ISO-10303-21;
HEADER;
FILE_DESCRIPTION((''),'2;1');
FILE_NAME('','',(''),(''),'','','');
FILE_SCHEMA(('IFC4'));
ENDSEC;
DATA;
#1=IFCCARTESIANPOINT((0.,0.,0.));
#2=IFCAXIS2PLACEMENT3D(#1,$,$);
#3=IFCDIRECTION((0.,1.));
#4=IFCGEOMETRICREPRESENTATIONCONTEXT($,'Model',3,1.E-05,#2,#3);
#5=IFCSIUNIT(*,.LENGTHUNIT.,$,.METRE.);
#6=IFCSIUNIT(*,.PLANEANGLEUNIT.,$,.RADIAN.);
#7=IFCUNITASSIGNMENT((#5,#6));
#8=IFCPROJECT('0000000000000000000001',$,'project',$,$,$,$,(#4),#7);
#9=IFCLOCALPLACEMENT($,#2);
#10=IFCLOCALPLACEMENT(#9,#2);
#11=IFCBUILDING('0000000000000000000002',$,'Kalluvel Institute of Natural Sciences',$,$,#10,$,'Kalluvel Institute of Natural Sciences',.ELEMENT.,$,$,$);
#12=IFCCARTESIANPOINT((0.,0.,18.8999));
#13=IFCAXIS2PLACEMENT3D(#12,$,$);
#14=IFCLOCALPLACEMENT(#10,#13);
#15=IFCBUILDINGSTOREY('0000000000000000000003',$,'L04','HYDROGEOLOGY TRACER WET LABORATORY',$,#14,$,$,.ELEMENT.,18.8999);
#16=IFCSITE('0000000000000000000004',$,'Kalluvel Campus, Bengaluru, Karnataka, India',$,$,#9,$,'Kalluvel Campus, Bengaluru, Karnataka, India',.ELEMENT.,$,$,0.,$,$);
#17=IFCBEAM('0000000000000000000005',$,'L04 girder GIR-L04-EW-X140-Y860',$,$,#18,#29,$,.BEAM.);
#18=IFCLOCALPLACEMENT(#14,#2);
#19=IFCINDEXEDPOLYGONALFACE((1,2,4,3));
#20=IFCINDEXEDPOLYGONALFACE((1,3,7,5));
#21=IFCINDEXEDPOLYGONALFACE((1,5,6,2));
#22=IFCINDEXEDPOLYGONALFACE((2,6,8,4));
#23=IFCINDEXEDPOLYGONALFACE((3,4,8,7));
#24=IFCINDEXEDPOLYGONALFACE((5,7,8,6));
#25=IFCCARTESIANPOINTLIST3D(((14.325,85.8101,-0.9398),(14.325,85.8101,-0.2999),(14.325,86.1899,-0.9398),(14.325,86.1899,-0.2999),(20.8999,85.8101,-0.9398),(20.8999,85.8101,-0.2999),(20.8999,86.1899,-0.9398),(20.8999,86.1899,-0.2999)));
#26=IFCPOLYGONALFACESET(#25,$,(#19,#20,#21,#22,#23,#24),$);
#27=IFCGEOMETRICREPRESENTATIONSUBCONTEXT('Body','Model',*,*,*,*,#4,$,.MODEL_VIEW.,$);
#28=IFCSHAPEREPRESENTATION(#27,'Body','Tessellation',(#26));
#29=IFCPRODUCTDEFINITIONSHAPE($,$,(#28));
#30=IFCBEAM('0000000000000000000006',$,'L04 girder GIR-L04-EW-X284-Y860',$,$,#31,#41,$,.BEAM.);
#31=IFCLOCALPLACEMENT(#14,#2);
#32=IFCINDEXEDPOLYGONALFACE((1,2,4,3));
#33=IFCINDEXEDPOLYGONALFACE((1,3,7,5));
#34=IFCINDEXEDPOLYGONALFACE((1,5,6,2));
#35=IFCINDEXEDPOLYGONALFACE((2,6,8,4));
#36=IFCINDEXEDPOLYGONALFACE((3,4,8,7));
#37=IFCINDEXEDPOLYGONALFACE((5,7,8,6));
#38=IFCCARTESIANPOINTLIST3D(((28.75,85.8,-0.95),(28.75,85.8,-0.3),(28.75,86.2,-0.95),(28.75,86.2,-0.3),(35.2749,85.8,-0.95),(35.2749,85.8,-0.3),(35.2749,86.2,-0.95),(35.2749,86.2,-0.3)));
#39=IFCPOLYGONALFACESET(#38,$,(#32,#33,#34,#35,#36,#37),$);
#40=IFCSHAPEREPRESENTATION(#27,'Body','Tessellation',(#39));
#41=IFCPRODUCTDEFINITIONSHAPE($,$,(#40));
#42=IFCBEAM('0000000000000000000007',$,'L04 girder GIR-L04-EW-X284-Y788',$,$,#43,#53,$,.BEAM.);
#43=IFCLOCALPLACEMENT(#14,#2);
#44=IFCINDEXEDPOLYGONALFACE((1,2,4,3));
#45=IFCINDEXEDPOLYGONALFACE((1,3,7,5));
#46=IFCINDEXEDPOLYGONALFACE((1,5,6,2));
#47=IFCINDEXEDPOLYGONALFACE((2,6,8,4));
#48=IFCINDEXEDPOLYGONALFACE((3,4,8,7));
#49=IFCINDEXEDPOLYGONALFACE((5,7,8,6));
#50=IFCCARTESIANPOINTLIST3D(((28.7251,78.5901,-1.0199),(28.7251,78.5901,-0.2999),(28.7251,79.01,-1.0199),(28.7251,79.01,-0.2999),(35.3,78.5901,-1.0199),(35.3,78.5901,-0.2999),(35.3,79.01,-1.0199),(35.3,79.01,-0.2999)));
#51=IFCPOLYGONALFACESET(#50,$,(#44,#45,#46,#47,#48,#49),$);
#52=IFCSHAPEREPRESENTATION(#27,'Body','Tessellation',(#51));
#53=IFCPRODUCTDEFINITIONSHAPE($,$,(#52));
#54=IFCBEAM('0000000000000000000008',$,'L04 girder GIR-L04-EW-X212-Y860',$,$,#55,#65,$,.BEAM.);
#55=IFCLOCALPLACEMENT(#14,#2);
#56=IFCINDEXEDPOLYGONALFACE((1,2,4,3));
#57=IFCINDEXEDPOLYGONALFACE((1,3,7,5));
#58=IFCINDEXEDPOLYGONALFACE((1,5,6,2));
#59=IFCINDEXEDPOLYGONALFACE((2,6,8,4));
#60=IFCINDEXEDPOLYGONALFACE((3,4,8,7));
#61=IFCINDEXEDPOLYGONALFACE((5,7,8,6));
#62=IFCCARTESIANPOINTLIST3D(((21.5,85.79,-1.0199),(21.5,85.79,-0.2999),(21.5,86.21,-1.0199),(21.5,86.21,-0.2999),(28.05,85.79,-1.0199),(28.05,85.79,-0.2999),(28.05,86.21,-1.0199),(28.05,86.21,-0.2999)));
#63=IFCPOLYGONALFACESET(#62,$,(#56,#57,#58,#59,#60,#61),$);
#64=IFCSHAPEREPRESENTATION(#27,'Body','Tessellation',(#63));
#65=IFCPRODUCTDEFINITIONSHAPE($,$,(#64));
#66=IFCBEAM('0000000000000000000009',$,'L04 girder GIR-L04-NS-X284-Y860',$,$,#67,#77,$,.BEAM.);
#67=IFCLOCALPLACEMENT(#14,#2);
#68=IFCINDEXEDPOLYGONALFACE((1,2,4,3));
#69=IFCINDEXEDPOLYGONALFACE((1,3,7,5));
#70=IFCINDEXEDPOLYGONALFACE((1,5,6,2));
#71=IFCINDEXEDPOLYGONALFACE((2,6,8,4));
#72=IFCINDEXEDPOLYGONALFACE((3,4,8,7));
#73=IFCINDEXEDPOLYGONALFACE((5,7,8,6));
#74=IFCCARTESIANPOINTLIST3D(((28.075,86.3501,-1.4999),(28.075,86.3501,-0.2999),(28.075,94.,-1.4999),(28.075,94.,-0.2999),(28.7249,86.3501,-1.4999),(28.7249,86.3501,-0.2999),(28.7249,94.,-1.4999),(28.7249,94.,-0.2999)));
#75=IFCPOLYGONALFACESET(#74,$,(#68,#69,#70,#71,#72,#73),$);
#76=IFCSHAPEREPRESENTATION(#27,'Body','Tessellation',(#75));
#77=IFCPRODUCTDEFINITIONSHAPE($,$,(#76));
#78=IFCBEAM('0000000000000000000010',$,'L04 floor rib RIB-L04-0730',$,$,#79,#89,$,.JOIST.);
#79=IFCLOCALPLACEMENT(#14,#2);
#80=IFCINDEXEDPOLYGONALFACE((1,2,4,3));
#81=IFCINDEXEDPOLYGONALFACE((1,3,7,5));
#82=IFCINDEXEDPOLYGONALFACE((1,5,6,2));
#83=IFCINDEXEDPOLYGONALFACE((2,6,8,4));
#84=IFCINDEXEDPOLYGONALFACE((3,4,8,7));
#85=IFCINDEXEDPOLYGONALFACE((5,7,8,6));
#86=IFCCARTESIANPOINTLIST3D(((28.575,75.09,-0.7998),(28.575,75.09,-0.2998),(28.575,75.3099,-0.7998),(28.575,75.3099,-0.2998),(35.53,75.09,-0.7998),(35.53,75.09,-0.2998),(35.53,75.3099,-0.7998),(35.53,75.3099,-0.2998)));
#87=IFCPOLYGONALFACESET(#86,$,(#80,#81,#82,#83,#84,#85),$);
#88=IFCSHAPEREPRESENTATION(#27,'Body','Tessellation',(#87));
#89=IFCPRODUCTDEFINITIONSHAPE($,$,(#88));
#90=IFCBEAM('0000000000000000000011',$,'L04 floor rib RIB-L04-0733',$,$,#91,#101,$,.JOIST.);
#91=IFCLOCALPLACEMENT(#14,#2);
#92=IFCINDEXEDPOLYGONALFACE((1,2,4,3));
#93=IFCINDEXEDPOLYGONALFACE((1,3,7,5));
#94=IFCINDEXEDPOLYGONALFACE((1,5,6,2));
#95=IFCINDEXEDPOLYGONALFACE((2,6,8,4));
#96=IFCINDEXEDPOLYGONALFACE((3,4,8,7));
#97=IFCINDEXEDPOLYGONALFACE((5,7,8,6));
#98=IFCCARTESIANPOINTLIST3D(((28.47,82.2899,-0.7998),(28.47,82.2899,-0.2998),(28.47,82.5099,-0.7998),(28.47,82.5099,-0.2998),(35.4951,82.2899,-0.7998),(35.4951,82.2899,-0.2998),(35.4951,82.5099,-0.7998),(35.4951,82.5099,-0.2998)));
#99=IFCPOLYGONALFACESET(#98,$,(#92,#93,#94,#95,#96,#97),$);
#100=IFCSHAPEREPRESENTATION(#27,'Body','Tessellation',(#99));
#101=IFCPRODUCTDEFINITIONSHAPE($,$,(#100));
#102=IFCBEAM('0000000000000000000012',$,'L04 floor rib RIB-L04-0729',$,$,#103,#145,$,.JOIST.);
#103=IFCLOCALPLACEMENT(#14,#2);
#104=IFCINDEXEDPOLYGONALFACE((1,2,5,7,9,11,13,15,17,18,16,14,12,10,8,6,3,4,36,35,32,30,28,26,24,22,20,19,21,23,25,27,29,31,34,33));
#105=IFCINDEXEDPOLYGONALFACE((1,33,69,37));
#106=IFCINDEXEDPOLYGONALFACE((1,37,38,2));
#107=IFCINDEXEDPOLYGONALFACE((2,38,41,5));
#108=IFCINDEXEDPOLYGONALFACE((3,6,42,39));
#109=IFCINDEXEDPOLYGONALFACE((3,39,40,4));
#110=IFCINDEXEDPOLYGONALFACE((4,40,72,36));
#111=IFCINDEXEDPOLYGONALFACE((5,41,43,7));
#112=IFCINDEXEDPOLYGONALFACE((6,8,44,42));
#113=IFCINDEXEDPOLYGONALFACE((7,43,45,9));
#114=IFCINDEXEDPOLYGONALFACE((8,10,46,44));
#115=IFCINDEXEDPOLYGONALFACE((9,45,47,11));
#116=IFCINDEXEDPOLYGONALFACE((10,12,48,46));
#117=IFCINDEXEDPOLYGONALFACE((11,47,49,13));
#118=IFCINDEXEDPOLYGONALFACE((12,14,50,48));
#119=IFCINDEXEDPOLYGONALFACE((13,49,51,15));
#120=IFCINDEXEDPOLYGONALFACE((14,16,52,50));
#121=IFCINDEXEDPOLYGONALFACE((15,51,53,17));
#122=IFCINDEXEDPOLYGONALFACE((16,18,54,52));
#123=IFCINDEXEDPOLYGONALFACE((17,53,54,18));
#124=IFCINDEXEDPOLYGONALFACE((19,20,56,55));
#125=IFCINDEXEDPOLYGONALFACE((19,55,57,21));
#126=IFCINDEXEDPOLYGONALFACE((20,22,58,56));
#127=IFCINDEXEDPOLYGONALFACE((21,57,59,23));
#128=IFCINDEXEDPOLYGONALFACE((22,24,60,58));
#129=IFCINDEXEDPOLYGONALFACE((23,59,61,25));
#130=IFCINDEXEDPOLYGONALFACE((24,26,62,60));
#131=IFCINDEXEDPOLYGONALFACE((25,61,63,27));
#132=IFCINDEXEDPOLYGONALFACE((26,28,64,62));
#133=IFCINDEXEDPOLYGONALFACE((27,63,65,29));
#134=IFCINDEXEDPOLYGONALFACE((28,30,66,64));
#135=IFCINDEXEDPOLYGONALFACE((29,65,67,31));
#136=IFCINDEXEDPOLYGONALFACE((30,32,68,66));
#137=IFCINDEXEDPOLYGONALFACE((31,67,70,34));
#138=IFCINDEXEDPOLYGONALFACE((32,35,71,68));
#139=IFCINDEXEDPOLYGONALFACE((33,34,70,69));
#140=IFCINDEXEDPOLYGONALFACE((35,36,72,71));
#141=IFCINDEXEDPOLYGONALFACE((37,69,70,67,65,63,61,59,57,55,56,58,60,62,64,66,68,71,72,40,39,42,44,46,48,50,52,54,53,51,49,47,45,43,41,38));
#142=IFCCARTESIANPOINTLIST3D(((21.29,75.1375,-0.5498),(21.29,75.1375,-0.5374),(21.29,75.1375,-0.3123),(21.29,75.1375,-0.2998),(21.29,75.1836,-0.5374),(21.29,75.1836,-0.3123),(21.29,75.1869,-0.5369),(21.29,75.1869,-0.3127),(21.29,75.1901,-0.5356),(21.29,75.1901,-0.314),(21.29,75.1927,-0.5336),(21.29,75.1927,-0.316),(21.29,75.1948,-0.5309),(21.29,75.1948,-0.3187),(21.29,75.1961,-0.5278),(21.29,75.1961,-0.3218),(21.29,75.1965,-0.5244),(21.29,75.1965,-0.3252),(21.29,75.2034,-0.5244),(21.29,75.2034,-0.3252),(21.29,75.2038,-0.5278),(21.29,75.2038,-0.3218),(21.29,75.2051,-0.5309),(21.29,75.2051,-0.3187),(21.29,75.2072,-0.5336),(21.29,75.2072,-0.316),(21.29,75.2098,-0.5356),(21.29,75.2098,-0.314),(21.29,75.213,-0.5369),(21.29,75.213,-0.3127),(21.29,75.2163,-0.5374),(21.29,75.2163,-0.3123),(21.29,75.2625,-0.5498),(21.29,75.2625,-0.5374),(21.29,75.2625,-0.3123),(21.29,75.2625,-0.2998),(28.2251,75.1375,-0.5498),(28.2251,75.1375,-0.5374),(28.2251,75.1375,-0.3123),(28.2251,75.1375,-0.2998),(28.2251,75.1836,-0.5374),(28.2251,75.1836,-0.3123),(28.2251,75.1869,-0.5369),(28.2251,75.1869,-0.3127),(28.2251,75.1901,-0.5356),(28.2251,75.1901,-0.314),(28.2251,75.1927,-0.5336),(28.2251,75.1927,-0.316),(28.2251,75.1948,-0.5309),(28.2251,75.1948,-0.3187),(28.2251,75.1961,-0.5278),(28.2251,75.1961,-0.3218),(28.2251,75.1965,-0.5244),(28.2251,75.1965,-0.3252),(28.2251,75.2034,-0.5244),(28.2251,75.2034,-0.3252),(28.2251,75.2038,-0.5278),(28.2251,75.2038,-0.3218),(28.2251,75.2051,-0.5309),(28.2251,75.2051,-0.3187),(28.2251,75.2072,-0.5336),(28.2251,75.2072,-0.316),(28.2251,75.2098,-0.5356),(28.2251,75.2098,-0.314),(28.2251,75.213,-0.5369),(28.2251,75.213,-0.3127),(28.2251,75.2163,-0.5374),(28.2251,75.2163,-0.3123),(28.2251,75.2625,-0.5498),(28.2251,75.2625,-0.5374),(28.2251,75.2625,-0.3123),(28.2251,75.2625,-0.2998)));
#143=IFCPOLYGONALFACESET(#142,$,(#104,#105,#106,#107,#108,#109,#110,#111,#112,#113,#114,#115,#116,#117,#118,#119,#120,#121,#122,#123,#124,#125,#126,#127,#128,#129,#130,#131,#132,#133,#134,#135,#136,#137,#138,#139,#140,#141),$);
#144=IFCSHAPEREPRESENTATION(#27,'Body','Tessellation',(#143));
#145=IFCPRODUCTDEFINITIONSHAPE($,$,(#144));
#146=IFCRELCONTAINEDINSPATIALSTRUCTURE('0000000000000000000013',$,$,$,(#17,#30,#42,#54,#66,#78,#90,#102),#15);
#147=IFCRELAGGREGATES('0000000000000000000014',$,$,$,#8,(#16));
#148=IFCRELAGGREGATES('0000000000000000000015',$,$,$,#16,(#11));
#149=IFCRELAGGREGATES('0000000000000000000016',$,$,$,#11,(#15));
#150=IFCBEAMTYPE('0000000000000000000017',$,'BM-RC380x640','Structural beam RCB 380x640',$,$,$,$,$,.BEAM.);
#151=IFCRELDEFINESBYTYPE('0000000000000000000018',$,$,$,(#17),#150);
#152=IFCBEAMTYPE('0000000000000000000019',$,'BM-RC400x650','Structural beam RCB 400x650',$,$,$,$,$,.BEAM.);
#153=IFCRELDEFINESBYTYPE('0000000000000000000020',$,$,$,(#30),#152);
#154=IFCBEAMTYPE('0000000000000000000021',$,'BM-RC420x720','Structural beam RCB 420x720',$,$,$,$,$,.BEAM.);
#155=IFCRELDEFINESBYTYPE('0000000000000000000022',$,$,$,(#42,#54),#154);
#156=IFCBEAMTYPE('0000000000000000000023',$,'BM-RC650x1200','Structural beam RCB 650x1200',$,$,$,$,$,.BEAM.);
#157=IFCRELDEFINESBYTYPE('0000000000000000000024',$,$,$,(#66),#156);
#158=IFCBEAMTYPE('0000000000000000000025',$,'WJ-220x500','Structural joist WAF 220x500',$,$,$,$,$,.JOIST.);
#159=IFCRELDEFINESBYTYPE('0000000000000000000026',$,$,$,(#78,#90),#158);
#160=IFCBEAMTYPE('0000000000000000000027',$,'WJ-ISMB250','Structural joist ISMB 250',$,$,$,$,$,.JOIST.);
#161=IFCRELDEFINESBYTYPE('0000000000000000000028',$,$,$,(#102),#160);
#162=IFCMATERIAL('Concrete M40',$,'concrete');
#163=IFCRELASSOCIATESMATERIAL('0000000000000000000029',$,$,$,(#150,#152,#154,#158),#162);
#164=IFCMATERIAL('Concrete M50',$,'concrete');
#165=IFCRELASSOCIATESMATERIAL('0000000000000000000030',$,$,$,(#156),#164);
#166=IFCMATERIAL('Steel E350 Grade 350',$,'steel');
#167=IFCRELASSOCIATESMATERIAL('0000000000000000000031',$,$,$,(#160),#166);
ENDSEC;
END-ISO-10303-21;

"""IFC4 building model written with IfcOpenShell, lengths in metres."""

from ifc_helpers import new_model, si_unit, direction, frame, origin, origin_2d, place, context, subcontext, project, spatial, rectangle, i_section, extrude, material, material_profile, profile_set, type_object, element, save


model = new_model("IFC4")

# Units and contexts
model_context = context("Model", 3, precision=1e-05, world=origin(), true_north=direction((0.0, 1.0)))
body_context = subcontext(model_context, "Body", "Model", "MODEL_VIEW")
ifc_project = project(units=[si_unit("LENGTHUNIT", "METRE"), si_unit("PLANEANGLEUNIT", "RADIAN")], contexts=[model_context])

# Site, building, storey
site_placement = place(None, origin())
site = spatial("IfcSite", under=ifc_project, at=site_placement, Name="Kalluvel Campus, Bengaluru, Karnataka, India", LongName="Kalluvel Campus, Bengaluru, Karnataka, India", CompositionType="ELEMENT", RefElevation=0.0)
building_placement = place(site_placement, origin())
building = spatial("IfcBuilding", under=site, at=building_placement, Name="Kalluvel Institute of Natural Sciences", LongName="Kalluvel Institute of Natural Sciences", CompositionType="ELEMENT")
storey_placement = place(building_placement, frame((0.0, 0.0, 18.8999)))
storey = spatial("IfcBuildingStorey", under=building, at=storey_placement, Name="L04", Description="HYDROGEOLOGY TRACER WET LABORATORY", CompositionType="ELEMENT", Elevation=18.8999)

# Shared definitions
ifc_material_1 = material(Name="Concrete M40", Category="concrete")

# Beams
ifc_material_2 = material(Name="Steel E350 Grade 350", Category="steel")
ifc_material_profile_1 = material_profile(ifc_material_1, rectangle(XDim=0.3799, YDim=0.6399, at=origin_2d()), Name="RCB 380x640")
ifc_profile_set_1 = profile_set([ifc_material_profile_1], Name="Concrete M40")
beam_type_1 = type_object("IfcBeamType", Name="BM-RC380x640", Description="Structural beam RCB 380x640", PredefinedType="BEAM", material=ifc_profile_set_1)
beam_1_placement = place(storey_placement, frame((14.325, 86.0, -0.6199), z_axis=(1.0, 0.0, 0.0), x_axis=(0.0, 1.0, 0.0)))
element("IfcBeam", 1, at=beam_1_placement, inside=storey, type_object=beam_type_1, Name="L04 girder GIR-L04-EW-X140-Y860", PredefinedType="BEAM", context=body_context, shape_type="SweptSolid", body=[
    extrude(rectangle(XDim=0.3799, YDim=0.6399, at=origin_2d()), origin(), (0.0, 0.0, 1.0), 6.575),
])
ifc_material_profile_2 = material_profile(ifc_material_1, rectangle(XDim=0.3999, YDim=0.6499, at=origin_2d()), Name="RCB 400x650")
ifc_profile_set_2 = profile_set([ifc_material_profile_2], Name="Concrete M40")
beam_type_2 = type_object("IfcBeamType", Name="BM-RC400x650", Description="Structural beam RCB 400x650", PredefinedType="BEAM", material=ifc_profile_set_2)
beam_2_placement = place(storey_placement, frame((28.75, 86.0, -0.625), z_axis=(1.0, 0.0, 0.0), x_axis=(0.0, 1.0, 0.0)))
element("IfcBeam", 2, at=beam_2_placement, inside=storey, type_object=beam_type_2, Name="L04 girder GIR-L04-EW-X284-Y860", PredefinedType="BEAM", context=body_context, shape_type="SweptSolid", body=[
    extrude(rectangle(XDim=0.3999, YDim=0.6499, at=origin_2d()), origin(), (0.0, 0.0, 1.0), 6.5249),
])
ifc_material_profile_3 = material_profile(ifc_material_1, rectangle(XDim=0.4199, YDim=0.72, at=origin_2d()), Name="RCB 420x720")
ifc_profile_set_3 = profile_set([ifc_material_profile_3], Name="Concrete M40")
beam_type_3 = type_object("IfcBeamType", Name="BM-RC420x720", Description="Structural beam RCB 420x720", PredefinedType="BEAM", material=ifc_profile_set_3)
beam_3_placement = place(storey_placement, frame((28.7251, 78.8, -0.6599), z_axis=(1.0, 0.0, 0.0), x_axis=(0.0, 1.0, 0.0)))
element("IfcBeam", 3, at=beam_3_placement, inside=storey, type_object=beam_type_3, Name="L04 girder GIR-L04-EW-X284-Y788", PredefinedType="BEAM", context=body_context, shape_type="SweptSolid", body=[
    extrude(rectangle(XDim=0.4199, YDim=0.72, at=origin_2d()), origin(), (0.0, 0.0, 1.0), 6.575),
])
beam_4_placement = place(storey_placement, frame((21.5, 86.0, -0.6599), z_axis=(1.0, 0.0, 0.0), x_axis=(0.0, 1.0, 0.0)))
element("IfcBeam", 4, at=beam_4_placement, inside=storey, type_object=beam_type_3, Name="L04 girder GIR-L04-EW-X212-Y860", PredefinedType="BEAM", context=body_context, shape_type="SweptSolid", body=[
    extrude(rectangle(XDim=0.4199, YDim=0.72, at=origin_2d()), origin(), (0.0, 0.0, 1.0), 6.55),
])
ifc_material_3 = material(Name="Concrete M50", Category="concrete")
ifc_material_profile_4 = material_profile(ifc_material_3, rectangle(XDim=0.6499, YDim=1.2, at=origin_2d()), Name="RCB 650x1200")
ifc_profile_set_4 = profile_set([ifc_material_profile_4], Name="Concrete M50")
beam_type_4 = type_object("IfcBeamType", Name="BM-RC650x1200", Description="Structural beam RCB 650x1200", PredefinedType="BEAM", material=ifc_profile_set_4)
beam_5_placement = place(storey_placement, frame((28.3999, 86.3501, -0.8999), z_axis=(0.0, 1.0, 0.0), x_axis=(-1.0, 0.0, 0.0)))
element("IfcBeam", 5, at=beam_5_placement, inside=storey, type_object=beam_type_4, Name="L04 girder GIR-L04-NS-X284-Y860", PredefinedType="BEAM", context=body_context, shape_type="SweptSolid", body=[
    extrude(rectangle(XDim=0.6499, YDim=1.2, at=origin_2d()), origin(), (0.0, 0.0, 1.0), 7.6499),
])
ifc_material_profile_5 = material_profile(ifc_material_1, rectangle(XDim=0.22, YDim=0.5, at=origin_2d()), Name="WAF 220x500")
ifc_profile_set_5 = profile_set([ifc_material_profile_5], Name="Concrete M40")
beam_type_5 = type_object("IfcBeamType", Name="WJ-220x500", Description="Structural joist WAF 220x500", PredefinedType="JOIST", material=ifc_profile_set_5)
beam_6_placement = place(storey_placement, frame((28.575, 75.2, -0.5498), z_axis=(1.0, 0.0, 0.0), x_axis=(0.0, 1.0, 0.0)))
element("IfcBeam", 6, at=beam_6_placement, inside=storey, type_object=beam_type_5, Name="L04 floor rib RIB-L04-0730", PredefinedType="JOIST", context=body_context, shape_type="SweptSolid", body=[
    extrude(rectangle(XDim=0.22, YDim=0.5, at=origin_2d()), origin(), (0.0, 0.0, 1.0), 6.9551),
])
beam_7_placement = place(storey_placement, frame((28.47, 82.3999, -0.5498), z_axis=(1.0, 0.0, 0.0), x_axis=(0.0, 1.0, 0.0)))
element("IfcBeam", 7, at=beam_7_placement, inside=storey, type_object=beam_type_5, Name="L04 floor rib RIB-L04-0733", PredefinedType="JOIST", context=body_context, shape_type="SweptSolid", body=[
    extrude(rectangle(XDim=0.22, YDim=0.5, at=origin_2d()), origin(), (0.0, 0.0, 1.0), 7.0251),
])
ifc_material_profile_6 = material_profile(ifc_material_2, i_section(OverallWidth=0.125, OverallDepth=0.25, WebThickness=0.0068, FlangeThickness=0.0125, FilletRadius=0.0129, at=origin_2d()), Name="ISMB 250")
ifc_profile_set_6 = profile_set([ifc_material_profile_6], Name="Steel E350 Grade 350")
beam_type_6 = type_object("IfcBeamType", Name="WJ-ISMB250", Description="Structural joist ISMB 250", PredefinedType="JOIST", material=ifc_profile_set_6)
beam_8_placement = place(storey_placement, frame((21.29, 75.2, -0.4248), z_axis=(1.0, 0.0, 0.0), x_axis=(0.0, 1.0, 0.0)))
element("IfcBeam", 8, at=beam_8_placement, inside=storey, type_object=beam_type_6, Name="L04 floor rib RIB-L04-0729", PredefinedType="JOIST", context=body_context, shape_type="SweptSolid", body=[
    extrude(i_section(OverallWidth=0.125, OverallDepth=0.25, WebThickness=0.0068, FlangeThickness=0.0125, FilletRadius=0.0129, at=origin_2d()), origin(), (0.0, 0.0, 1.0), 6.9351),
])

save(model, "model.ifc")
